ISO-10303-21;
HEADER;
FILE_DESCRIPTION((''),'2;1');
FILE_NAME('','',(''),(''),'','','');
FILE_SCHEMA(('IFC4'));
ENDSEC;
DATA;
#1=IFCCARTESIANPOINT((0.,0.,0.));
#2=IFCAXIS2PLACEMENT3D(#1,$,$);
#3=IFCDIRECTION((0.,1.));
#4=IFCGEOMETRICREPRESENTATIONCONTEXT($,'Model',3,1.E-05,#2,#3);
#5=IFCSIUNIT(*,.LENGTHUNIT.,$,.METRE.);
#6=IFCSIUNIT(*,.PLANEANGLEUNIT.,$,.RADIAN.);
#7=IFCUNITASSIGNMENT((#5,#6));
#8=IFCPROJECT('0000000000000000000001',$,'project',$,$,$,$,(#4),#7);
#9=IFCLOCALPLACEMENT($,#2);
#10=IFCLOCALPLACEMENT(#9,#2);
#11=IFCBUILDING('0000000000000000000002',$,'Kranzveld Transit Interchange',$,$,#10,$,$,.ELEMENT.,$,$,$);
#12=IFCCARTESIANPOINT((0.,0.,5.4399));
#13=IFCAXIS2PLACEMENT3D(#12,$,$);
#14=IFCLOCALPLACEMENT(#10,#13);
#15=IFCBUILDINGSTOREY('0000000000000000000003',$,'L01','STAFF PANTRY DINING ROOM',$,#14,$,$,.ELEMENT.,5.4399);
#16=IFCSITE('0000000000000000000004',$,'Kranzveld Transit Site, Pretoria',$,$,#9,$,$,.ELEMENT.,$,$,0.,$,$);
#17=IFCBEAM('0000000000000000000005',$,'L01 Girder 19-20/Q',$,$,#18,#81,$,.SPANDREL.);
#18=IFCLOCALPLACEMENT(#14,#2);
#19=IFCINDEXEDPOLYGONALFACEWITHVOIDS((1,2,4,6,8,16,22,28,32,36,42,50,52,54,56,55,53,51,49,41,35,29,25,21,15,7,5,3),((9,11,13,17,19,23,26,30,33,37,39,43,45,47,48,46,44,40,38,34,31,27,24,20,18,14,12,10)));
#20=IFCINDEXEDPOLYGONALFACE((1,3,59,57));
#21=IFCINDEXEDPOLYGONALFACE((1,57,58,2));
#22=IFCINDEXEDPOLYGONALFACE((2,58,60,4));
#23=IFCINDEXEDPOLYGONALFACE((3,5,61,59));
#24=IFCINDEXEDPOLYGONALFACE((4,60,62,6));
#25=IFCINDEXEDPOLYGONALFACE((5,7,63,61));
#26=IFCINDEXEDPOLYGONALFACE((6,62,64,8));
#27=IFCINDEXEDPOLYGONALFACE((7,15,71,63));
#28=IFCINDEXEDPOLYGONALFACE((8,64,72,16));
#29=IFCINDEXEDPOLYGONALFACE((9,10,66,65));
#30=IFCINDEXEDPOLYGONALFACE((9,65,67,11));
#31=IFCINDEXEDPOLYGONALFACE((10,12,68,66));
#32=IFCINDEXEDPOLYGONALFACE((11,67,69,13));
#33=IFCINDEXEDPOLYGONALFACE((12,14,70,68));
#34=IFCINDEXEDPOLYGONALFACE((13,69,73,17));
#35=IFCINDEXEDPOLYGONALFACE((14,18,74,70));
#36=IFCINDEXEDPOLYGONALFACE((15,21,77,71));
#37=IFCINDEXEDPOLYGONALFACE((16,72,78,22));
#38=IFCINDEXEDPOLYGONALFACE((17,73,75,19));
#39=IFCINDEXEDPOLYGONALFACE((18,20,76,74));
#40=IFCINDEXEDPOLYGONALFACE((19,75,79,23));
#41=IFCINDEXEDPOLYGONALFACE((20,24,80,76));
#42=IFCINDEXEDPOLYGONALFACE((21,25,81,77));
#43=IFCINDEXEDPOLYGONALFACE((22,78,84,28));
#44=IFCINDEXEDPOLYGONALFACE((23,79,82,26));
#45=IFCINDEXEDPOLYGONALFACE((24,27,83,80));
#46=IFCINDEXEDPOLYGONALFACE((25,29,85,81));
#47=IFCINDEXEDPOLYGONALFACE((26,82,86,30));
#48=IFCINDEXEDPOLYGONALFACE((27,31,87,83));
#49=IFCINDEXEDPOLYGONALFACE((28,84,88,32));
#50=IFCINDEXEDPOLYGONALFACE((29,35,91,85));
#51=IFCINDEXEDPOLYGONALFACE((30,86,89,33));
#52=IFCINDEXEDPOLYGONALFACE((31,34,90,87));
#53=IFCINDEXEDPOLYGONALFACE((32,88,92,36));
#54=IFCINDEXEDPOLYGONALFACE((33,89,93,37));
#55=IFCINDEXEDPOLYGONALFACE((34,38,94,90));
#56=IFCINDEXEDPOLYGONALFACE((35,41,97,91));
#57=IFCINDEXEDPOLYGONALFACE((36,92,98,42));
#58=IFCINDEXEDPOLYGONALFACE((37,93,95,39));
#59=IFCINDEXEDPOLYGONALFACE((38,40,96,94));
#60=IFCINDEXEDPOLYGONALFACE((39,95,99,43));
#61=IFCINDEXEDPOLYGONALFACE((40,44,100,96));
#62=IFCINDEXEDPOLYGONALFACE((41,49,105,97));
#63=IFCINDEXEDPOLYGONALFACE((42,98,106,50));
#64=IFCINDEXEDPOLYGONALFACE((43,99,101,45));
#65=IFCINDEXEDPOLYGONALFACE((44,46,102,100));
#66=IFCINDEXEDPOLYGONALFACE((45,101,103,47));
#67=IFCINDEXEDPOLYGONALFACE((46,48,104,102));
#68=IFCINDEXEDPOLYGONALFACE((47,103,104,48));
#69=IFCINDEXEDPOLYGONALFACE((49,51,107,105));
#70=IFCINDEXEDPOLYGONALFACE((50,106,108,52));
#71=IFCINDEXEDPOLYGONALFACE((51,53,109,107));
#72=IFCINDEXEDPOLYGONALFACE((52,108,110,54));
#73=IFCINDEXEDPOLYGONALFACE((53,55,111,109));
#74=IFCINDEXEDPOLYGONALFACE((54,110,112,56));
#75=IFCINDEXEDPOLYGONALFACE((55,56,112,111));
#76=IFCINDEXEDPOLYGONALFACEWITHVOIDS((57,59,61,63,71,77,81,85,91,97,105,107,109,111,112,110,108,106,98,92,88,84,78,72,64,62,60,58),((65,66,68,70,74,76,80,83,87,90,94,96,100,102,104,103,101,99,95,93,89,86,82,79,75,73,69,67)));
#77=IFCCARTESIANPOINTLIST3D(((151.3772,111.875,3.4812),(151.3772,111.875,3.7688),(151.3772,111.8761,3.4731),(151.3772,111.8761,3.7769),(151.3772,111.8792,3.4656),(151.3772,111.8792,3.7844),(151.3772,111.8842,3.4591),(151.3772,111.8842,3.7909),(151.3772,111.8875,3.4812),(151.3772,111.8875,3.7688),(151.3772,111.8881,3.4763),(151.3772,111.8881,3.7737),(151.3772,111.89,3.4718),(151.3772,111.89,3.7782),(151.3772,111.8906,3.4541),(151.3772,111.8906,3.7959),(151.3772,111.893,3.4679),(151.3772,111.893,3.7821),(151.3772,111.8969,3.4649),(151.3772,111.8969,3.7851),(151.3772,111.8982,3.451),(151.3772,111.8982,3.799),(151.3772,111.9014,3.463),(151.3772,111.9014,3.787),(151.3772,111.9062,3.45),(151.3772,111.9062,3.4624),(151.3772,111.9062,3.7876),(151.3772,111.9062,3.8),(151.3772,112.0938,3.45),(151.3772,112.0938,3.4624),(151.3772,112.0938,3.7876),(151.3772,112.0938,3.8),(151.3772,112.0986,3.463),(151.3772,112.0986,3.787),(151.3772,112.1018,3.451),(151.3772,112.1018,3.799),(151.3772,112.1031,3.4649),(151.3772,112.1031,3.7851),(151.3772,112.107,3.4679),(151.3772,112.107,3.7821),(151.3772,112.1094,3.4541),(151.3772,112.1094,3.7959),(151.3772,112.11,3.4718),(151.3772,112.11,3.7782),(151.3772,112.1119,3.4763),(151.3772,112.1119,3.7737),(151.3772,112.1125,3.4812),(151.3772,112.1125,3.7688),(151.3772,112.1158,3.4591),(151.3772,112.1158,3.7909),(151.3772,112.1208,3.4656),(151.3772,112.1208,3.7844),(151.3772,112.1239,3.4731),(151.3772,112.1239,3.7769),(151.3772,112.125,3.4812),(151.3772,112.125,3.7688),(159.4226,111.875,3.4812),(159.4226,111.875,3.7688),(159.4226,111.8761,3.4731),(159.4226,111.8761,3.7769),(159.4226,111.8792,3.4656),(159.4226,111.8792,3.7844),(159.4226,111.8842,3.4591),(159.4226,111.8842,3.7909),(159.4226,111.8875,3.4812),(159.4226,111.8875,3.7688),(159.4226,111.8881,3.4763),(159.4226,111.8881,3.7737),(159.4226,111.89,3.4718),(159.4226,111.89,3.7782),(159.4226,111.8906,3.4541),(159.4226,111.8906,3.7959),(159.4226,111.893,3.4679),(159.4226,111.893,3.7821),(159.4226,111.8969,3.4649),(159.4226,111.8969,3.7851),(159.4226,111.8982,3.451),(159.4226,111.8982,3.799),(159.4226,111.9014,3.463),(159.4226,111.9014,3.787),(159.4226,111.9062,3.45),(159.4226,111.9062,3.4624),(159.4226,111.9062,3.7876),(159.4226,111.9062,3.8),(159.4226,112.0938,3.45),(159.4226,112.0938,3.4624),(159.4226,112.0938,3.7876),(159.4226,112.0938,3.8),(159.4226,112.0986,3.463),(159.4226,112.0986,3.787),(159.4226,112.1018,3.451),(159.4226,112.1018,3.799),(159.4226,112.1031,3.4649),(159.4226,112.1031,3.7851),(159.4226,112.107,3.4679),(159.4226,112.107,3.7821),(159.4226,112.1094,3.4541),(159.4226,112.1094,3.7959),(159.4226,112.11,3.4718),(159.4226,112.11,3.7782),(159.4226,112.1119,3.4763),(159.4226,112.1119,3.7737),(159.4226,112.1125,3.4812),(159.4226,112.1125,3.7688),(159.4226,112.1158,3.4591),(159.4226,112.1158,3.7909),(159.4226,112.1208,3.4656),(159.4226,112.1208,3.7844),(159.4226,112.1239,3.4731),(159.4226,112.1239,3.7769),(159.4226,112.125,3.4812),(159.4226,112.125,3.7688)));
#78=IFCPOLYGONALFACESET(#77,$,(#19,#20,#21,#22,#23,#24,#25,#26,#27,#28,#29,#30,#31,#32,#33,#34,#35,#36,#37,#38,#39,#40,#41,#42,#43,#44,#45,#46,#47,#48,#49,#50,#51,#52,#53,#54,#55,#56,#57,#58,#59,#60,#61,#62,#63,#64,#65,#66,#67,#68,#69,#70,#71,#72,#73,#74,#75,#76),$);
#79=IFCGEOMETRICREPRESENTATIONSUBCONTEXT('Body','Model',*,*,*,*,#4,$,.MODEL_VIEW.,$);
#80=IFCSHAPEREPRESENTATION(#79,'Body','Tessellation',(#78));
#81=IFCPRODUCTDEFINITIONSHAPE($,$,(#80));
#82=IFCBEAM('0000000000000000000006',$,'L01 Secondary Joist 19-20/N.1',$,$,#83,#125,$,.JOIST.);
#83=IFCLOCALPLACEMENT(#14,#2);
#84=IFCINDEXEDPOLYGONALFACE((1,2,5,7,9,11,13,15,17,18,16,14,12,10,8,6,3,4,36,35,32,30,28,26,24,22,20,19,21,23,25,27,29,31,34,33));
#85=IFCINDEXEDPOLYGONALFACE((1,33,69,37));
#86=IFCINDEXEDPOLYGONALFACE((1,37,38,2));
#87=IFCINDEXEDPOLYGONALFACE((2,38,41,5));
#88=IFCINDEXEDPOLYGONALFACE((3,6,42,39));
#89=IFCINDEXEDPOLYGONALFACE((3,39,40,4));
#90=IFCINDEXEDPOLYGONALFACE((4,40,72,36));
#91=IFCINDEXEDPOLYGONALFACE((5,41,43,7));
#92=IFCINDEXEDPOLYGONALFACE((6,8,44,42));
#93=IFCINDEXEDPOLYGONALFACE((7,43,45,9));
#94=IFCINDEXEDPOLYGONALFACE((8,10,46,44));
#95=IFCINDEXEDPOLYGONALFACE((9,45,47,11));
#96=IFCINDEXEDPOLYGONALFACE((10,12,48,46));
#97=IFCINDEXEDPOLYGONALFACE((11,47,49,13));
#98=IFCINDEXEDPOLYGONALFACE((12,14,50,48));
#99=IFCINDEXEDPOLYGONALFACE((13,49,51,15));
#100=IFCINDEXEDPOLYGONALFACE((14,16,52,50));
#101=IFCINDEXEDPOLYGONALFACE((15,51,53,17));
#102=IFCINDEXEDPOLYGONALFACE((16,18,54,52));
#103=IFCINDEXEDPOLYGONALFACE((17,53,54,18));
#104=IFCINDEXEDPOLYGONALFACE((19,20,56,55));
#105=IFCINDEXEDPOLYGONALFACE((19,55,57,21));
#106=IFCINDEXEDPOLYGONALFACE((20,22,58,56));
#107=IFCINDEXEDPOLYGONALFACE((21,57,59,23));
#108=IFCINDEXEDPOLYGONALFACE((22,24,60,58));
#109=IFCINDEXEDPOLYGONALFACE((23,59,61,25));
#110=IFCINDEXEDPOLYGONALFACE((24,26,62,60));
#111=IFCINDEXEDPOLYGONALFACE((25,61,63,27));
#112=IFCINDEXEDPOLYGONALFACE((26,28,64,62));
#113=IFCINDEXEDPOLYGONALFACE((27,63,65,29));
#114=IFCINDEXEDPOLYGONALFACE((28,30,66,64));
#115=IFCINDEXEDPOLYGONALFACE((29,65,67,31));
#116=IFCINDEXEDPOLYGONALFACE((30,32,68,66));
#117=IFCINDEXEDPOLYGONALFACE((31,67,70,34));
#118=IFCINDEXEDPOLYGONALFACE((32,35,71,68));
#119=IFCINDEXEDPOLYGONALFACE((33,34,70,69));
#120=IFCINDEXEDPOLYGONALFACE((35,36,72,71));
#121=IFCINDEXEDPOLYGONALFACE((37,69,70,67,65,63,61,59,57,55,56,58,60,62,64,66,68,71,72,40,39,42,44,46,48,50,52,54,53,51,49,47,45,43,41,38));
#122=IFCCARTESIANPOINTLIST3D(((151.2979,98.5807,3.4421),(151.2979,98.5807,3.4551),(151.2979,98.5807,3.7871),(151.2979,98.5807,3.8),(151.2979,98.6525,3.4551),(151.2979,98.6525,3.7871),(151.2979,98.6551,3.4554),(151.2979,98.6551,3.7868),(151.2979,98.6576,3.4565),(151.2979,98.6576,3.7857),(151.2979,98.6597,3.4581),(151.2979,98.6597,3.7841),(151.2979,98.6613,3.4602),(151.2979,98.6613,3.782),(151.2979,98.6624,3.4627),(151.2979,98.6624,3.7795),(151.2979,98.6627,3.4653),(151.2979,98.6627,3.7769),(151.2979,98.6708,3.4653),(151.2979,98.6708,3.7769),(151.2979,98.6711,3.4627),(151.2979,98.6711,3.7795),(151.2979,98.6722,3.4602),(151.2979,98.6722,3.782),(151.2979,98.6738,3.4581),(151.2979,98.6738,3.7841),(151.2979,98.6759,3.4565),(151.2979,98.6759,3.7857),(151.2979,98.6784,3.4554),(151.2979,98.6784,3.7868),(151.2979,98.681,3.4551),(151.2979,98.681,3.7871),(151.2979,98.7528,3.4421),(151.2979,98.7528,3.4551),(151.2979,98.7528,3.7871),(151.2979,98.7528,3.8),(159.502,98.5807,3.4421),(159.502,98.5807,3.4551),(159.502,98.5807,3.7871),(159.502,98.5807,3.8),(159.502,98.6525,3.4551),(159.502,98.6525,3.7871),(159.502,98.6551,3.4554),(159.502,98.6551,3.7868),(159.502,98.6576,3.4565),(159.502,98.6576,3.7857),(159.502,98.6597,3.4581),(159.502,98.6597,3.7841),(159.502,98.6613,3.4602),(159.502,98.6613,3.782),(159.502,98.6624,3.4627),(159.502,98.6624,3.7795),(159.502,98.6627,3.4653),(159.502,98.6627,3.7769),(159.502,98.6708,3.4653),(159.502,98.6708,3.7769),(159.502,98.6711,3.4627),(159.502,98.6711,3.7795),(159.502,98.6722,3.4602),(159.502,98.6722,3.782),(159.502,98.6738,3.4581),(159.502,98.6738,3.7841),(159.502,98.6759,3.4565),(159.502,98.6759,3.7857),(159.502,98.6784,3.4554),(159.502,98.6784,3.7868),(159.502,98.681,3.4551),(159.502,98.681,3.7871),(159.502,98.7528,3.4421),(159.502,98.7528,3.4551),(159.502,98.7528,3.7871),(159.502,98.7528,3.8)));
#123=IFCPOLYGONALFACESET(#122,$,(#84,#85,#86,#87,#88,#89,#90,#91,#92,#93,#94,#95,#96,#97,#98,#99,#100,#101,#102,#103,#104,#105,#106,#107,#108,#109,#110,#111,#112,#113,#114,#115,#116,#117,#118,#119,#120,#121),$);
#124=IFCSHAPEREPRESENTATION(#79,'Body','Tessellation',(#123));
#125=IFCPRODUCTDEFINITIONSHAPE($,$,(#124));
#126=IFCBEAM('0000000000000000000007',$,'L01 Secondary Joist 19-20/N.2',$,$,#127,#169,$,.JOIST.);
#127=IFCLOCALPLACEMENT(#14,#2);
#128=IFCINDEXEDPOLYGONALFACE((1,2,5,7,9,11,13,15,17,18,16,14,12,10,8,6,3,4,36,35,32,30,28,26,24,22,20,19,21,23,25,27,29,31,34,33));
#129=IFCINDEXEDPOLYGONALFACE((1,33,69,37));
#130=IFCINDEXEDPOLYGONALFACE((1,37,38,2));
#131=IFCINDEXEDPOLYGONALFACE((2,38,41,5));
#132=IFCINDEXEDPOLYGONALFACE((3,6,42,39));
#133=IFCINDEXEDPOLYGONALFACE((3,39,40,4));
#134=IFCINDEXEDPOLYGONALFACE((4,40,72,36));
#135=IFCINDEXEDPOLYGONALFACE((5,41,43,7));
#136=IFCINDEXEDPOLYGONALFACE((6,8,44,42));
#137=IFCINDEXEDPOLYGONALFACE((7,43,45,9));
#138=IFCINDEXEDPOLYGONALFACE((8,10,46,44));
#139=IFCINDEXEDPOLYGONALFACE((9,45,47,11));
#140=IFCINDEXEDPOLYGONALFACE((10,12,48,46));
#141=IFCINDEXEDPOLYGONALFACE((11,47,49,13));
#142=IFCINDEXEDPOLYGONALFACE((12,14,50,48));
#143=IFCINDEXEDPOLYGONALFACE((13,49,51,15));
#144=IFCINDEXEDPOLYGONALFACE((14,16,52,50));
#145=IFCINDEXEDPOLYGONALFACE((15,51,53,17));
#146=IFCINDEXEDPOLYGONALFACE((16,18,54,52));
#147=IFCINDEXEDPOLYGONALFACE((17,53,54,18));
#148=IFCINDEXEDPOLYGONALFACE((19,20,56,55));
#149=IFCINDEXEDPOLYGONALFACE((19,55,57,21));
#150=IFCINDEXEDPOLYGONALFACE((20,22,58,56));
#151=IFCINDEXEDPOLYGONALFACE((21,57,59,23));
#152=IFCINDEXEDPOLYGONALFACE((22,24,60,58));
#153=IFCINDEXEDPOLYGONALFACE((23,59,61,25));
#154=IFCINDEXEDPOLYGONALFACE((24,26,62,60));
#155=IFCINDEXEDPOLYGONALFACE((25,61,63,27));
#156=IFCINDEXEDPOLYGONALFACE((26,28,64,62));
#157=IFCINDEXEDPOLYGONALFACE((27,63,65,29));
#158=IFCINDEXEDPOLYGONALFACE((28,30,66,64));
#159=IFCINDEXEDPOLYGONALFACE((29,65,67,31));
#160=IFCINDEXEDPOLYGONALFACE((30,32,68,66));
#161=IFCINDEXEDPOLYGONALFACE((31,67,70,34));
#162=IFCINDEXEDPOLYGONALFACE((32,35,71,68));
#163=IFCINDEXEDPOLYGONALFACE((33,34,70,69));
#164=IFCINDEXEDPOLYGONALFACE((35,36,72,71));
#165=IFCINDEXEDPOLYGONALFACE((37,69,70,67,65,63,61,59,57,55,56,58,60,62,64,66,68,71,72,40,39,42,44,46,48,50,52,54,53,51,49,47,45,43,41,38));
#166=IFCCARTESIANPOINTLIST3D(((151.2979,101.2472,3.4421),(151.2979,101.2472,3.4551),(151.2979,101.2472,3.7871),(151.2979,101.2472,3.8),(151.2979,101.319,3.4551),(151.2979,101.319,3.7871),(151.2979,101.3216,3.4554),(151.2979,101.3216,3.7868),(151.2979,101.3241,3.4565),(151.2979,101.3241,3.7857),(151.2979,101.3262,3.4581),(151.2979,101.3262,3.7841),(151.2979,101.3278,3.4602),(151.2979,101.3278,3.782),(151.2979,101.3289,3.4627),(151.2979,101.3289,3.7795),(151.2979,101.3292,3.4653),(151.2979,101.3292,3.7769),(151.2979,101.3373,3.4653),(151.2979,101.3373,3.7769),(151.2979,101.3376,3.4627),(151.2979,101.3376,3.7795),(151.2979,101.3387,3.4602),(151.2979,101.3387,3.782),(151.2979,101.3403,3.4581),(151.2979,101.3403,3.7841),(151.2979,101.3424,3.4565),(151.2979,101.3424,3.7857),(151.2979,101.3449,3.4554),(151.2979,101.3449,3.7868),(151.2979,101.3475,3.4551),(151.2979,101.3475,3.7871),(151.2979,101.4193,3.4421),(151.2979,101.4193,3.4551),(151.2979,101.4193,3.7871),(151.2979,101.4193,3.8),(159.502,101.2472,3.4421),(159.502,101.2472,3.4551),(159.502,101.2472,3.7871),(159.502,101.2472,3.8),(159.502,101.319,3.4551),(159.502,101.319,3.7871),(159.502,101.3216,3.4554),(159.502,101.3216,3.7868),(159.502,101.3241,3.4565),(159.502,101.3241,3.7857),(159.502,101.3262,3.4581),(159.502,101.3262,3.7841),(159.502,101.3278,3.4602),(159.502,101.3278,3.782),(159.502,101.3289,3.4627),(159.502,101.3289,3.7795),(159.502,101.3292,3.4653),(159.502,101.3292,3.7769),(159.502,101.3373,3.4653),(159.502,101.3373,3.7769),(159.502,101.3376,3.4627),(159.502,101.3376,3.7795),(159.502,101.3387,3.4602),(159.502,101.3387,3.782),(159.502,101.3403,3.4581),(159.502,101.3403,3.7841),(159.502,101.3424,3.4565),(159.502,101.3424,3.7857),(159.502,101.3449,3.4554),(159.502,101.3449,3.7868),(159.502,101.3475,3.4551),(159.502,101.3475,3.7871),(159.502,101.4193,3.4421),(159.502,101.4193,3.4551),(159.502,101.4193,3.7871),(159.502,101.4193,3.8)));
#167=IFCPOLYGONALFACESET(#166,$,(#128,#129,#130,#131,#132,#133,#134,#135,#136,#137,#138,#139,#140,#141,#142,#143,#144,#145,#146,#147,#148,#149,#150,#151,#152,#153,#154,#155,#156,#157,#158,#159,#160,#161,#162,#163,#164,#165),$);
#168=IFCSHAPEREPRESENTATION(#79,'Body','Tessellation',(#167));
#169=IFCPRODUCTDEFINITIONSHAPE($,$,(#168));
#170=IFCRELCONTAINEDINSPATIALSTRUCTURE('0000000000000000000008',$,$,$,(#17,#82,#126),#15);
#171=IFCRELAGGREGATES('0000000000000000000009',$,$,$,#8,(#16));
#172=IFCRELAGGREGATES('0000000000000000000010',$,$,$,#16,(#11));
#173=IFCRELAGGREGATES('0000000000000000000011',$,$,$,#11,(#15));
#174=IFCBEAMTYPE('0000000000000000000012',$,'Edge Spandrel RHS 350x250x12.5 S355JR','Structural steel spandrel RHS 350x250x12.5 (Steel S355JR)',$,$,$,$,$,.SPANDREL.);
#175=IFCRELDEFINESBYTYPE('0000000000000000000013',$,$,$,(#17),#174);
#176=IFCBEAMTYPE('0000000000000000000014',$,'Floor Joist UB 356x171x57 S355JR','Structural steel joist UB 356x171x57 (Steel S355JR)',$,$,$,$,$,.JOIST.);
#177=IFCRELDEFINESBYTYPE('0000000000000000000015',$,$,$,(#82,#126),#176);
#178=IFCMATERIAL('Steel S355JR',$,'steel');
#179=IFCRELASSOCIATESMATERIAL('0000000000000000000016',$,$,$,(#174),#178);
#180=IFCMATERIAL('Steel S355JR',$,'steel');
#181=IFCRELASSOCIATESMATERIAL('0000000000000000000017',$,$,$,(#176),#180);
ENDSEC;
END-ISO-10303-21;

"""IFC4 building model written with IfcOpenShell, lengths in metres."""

from ifc_helpers import new_model, si_unit, direction, frame, origin, origin_2d, place, context, subcontext, project, spatial, hollow_rectangle, i_section, extrude, material, material_profile, profile_set, type_object, element, save


model = new_model("IFC4")

# Units and contexts
model_context = context("Model", 3, precision=1e-05, world=origin(), true_north=direction((0.0, 1.0)))
body_context = subcontext(model_context, "Body", "Model", "MODEL_VIEW")
ifc_project = project(units=[si_unit("LENGTHUNIT", "METRE"), si_unit("PLANEANGLEUNIT", "RADIAN")], contexts=[model_context])

# Site, building, storey
site_placement = place(None, origin())
site = spatial("IfcSite", under=ifc_project, at=site_placement, Name="Kranzveld Transit Site, Pretoria", CompositionType="ELEMENT", RefElevation=0.0)
building_placement = place(site_placement, origin())
building = spatial("IfcBuilding", under=site, at=building_placement, Name="Kranzveld Transit Interchange", CompositionType="ELEMENT")
storey_placement = place(building_placement, frame((0.0, 0.0, 5.4399)))
storey = spatial("IfcBuildingStorey", under=building, at=storey_placement, Name="L01", Description="STAFF PANTRY DINING ROOM", CompositionType="ELEMENT", Elevation=5.4399)

# Beams
ifc_material_1 = material(Name="Steel S355JR", Category="steel")
ifc_material_profile_1 = material_profile(ifc_material_1, hollow_rectangle(XDim=0.25, YDim=0.3501, WallThickness=0.0125, InnerFilletRadius=0.0188, OuterFilletRadius=0.0312, at=origin_2d()), Name="RHS 350x250x12.5")
ifc_profile_set_1 = profile_set([ifc_material_profile_1], Name="Steel S355JR")
beam_type_1 = type_object("IfcBeamType", Name="Edge Spandrel RHS 350x250x12.5 S355JR", Description="Structural steel spandrel RHS 350x250x12.5 (Steel S355JR)", PredefinedType="SPANDREL", material=ifc_profile_set_1)
beam_1_placement = place(storey_placement, frame((151.3772, 112.0, 3.625), z_axis=(1.0, 0.0, 0.0), x_axis=(0.0, 1.0, 0.0)))
element("IfcBeam", 1, at=beam_1_placement, inside=storey, type_object=beam_type_1, Name="L01 Girder 19-20/Q", PredefinedType="SPANDREL", context=body_context, shape_type="SweptSolid", body=[
    extrude(hollow_rectangle(XDim=0.25, YDim=0.3501, WallThickness=0.0125, InnerFilletRadius=0.0188, OuterFilletRadius=0.0312, at=origin_2d()), origin(), (0.0, 0.0, 1.0), 8.0454),
])
ifc_material_2 = material(Name="Steel S355JR", Category="steel")
ifc_material_profile_2 = material_profile(ifc_material_2, i_section(OverallWidth=0.1721, OverallDepth=0.3579, WebThickness=0.0081, FlangeThickness=0.0129, FilletRadius=0.0103, at=origin_2d()), Name="UB 356x171x57")
ifc_profile_set_2 = profile_set([ifc_material_profile_2], Name="Steel S355JR")
beam_type_2 = type_object("IfcBeamType", Name="Floor Joist UB 356x171x57 S355JR", Description="Structural steel joist UB 356x171x57 (Steel S355JR)", PredefinedType="JOIST", material=ifc_profile_set_2)
for number, where, z_axis, x_axis, name in (
    (2, (151.2979, 98.6667, 3.6211), (1.0, 0.0, 0.0), (0.0, 1.0, 0.0), "L01 Secondary Joist 19-20/N.1"),
    (3, (151.2979, 101.3333, 3.6211), (1.0, 0.0, 0.0), (0.0, 1.0, 0.0), "L01 Secondary Joist 19-20/N.2"),
):
    element("IfcBeam", number, at=place(storey_placement, frame(where, z_axis=z_axis, x_axis=x_axis)), inside=storey, type_object=beam_type_2, Name=name, PredefinedType="JOIST", context=body_context, shape_type="SweptSolid", body=[
        extrude(i_section(OverallWidth=0.1721, OverallDepth=0.3579, WebThickness=0.0081, FlangeThickness=0.0129, FilletRadius=0.0103, at=origin_2d()), origin(), (0.0, 0.0, 1.0), 8.2041),
    ])

save(model, "model.ifc")
